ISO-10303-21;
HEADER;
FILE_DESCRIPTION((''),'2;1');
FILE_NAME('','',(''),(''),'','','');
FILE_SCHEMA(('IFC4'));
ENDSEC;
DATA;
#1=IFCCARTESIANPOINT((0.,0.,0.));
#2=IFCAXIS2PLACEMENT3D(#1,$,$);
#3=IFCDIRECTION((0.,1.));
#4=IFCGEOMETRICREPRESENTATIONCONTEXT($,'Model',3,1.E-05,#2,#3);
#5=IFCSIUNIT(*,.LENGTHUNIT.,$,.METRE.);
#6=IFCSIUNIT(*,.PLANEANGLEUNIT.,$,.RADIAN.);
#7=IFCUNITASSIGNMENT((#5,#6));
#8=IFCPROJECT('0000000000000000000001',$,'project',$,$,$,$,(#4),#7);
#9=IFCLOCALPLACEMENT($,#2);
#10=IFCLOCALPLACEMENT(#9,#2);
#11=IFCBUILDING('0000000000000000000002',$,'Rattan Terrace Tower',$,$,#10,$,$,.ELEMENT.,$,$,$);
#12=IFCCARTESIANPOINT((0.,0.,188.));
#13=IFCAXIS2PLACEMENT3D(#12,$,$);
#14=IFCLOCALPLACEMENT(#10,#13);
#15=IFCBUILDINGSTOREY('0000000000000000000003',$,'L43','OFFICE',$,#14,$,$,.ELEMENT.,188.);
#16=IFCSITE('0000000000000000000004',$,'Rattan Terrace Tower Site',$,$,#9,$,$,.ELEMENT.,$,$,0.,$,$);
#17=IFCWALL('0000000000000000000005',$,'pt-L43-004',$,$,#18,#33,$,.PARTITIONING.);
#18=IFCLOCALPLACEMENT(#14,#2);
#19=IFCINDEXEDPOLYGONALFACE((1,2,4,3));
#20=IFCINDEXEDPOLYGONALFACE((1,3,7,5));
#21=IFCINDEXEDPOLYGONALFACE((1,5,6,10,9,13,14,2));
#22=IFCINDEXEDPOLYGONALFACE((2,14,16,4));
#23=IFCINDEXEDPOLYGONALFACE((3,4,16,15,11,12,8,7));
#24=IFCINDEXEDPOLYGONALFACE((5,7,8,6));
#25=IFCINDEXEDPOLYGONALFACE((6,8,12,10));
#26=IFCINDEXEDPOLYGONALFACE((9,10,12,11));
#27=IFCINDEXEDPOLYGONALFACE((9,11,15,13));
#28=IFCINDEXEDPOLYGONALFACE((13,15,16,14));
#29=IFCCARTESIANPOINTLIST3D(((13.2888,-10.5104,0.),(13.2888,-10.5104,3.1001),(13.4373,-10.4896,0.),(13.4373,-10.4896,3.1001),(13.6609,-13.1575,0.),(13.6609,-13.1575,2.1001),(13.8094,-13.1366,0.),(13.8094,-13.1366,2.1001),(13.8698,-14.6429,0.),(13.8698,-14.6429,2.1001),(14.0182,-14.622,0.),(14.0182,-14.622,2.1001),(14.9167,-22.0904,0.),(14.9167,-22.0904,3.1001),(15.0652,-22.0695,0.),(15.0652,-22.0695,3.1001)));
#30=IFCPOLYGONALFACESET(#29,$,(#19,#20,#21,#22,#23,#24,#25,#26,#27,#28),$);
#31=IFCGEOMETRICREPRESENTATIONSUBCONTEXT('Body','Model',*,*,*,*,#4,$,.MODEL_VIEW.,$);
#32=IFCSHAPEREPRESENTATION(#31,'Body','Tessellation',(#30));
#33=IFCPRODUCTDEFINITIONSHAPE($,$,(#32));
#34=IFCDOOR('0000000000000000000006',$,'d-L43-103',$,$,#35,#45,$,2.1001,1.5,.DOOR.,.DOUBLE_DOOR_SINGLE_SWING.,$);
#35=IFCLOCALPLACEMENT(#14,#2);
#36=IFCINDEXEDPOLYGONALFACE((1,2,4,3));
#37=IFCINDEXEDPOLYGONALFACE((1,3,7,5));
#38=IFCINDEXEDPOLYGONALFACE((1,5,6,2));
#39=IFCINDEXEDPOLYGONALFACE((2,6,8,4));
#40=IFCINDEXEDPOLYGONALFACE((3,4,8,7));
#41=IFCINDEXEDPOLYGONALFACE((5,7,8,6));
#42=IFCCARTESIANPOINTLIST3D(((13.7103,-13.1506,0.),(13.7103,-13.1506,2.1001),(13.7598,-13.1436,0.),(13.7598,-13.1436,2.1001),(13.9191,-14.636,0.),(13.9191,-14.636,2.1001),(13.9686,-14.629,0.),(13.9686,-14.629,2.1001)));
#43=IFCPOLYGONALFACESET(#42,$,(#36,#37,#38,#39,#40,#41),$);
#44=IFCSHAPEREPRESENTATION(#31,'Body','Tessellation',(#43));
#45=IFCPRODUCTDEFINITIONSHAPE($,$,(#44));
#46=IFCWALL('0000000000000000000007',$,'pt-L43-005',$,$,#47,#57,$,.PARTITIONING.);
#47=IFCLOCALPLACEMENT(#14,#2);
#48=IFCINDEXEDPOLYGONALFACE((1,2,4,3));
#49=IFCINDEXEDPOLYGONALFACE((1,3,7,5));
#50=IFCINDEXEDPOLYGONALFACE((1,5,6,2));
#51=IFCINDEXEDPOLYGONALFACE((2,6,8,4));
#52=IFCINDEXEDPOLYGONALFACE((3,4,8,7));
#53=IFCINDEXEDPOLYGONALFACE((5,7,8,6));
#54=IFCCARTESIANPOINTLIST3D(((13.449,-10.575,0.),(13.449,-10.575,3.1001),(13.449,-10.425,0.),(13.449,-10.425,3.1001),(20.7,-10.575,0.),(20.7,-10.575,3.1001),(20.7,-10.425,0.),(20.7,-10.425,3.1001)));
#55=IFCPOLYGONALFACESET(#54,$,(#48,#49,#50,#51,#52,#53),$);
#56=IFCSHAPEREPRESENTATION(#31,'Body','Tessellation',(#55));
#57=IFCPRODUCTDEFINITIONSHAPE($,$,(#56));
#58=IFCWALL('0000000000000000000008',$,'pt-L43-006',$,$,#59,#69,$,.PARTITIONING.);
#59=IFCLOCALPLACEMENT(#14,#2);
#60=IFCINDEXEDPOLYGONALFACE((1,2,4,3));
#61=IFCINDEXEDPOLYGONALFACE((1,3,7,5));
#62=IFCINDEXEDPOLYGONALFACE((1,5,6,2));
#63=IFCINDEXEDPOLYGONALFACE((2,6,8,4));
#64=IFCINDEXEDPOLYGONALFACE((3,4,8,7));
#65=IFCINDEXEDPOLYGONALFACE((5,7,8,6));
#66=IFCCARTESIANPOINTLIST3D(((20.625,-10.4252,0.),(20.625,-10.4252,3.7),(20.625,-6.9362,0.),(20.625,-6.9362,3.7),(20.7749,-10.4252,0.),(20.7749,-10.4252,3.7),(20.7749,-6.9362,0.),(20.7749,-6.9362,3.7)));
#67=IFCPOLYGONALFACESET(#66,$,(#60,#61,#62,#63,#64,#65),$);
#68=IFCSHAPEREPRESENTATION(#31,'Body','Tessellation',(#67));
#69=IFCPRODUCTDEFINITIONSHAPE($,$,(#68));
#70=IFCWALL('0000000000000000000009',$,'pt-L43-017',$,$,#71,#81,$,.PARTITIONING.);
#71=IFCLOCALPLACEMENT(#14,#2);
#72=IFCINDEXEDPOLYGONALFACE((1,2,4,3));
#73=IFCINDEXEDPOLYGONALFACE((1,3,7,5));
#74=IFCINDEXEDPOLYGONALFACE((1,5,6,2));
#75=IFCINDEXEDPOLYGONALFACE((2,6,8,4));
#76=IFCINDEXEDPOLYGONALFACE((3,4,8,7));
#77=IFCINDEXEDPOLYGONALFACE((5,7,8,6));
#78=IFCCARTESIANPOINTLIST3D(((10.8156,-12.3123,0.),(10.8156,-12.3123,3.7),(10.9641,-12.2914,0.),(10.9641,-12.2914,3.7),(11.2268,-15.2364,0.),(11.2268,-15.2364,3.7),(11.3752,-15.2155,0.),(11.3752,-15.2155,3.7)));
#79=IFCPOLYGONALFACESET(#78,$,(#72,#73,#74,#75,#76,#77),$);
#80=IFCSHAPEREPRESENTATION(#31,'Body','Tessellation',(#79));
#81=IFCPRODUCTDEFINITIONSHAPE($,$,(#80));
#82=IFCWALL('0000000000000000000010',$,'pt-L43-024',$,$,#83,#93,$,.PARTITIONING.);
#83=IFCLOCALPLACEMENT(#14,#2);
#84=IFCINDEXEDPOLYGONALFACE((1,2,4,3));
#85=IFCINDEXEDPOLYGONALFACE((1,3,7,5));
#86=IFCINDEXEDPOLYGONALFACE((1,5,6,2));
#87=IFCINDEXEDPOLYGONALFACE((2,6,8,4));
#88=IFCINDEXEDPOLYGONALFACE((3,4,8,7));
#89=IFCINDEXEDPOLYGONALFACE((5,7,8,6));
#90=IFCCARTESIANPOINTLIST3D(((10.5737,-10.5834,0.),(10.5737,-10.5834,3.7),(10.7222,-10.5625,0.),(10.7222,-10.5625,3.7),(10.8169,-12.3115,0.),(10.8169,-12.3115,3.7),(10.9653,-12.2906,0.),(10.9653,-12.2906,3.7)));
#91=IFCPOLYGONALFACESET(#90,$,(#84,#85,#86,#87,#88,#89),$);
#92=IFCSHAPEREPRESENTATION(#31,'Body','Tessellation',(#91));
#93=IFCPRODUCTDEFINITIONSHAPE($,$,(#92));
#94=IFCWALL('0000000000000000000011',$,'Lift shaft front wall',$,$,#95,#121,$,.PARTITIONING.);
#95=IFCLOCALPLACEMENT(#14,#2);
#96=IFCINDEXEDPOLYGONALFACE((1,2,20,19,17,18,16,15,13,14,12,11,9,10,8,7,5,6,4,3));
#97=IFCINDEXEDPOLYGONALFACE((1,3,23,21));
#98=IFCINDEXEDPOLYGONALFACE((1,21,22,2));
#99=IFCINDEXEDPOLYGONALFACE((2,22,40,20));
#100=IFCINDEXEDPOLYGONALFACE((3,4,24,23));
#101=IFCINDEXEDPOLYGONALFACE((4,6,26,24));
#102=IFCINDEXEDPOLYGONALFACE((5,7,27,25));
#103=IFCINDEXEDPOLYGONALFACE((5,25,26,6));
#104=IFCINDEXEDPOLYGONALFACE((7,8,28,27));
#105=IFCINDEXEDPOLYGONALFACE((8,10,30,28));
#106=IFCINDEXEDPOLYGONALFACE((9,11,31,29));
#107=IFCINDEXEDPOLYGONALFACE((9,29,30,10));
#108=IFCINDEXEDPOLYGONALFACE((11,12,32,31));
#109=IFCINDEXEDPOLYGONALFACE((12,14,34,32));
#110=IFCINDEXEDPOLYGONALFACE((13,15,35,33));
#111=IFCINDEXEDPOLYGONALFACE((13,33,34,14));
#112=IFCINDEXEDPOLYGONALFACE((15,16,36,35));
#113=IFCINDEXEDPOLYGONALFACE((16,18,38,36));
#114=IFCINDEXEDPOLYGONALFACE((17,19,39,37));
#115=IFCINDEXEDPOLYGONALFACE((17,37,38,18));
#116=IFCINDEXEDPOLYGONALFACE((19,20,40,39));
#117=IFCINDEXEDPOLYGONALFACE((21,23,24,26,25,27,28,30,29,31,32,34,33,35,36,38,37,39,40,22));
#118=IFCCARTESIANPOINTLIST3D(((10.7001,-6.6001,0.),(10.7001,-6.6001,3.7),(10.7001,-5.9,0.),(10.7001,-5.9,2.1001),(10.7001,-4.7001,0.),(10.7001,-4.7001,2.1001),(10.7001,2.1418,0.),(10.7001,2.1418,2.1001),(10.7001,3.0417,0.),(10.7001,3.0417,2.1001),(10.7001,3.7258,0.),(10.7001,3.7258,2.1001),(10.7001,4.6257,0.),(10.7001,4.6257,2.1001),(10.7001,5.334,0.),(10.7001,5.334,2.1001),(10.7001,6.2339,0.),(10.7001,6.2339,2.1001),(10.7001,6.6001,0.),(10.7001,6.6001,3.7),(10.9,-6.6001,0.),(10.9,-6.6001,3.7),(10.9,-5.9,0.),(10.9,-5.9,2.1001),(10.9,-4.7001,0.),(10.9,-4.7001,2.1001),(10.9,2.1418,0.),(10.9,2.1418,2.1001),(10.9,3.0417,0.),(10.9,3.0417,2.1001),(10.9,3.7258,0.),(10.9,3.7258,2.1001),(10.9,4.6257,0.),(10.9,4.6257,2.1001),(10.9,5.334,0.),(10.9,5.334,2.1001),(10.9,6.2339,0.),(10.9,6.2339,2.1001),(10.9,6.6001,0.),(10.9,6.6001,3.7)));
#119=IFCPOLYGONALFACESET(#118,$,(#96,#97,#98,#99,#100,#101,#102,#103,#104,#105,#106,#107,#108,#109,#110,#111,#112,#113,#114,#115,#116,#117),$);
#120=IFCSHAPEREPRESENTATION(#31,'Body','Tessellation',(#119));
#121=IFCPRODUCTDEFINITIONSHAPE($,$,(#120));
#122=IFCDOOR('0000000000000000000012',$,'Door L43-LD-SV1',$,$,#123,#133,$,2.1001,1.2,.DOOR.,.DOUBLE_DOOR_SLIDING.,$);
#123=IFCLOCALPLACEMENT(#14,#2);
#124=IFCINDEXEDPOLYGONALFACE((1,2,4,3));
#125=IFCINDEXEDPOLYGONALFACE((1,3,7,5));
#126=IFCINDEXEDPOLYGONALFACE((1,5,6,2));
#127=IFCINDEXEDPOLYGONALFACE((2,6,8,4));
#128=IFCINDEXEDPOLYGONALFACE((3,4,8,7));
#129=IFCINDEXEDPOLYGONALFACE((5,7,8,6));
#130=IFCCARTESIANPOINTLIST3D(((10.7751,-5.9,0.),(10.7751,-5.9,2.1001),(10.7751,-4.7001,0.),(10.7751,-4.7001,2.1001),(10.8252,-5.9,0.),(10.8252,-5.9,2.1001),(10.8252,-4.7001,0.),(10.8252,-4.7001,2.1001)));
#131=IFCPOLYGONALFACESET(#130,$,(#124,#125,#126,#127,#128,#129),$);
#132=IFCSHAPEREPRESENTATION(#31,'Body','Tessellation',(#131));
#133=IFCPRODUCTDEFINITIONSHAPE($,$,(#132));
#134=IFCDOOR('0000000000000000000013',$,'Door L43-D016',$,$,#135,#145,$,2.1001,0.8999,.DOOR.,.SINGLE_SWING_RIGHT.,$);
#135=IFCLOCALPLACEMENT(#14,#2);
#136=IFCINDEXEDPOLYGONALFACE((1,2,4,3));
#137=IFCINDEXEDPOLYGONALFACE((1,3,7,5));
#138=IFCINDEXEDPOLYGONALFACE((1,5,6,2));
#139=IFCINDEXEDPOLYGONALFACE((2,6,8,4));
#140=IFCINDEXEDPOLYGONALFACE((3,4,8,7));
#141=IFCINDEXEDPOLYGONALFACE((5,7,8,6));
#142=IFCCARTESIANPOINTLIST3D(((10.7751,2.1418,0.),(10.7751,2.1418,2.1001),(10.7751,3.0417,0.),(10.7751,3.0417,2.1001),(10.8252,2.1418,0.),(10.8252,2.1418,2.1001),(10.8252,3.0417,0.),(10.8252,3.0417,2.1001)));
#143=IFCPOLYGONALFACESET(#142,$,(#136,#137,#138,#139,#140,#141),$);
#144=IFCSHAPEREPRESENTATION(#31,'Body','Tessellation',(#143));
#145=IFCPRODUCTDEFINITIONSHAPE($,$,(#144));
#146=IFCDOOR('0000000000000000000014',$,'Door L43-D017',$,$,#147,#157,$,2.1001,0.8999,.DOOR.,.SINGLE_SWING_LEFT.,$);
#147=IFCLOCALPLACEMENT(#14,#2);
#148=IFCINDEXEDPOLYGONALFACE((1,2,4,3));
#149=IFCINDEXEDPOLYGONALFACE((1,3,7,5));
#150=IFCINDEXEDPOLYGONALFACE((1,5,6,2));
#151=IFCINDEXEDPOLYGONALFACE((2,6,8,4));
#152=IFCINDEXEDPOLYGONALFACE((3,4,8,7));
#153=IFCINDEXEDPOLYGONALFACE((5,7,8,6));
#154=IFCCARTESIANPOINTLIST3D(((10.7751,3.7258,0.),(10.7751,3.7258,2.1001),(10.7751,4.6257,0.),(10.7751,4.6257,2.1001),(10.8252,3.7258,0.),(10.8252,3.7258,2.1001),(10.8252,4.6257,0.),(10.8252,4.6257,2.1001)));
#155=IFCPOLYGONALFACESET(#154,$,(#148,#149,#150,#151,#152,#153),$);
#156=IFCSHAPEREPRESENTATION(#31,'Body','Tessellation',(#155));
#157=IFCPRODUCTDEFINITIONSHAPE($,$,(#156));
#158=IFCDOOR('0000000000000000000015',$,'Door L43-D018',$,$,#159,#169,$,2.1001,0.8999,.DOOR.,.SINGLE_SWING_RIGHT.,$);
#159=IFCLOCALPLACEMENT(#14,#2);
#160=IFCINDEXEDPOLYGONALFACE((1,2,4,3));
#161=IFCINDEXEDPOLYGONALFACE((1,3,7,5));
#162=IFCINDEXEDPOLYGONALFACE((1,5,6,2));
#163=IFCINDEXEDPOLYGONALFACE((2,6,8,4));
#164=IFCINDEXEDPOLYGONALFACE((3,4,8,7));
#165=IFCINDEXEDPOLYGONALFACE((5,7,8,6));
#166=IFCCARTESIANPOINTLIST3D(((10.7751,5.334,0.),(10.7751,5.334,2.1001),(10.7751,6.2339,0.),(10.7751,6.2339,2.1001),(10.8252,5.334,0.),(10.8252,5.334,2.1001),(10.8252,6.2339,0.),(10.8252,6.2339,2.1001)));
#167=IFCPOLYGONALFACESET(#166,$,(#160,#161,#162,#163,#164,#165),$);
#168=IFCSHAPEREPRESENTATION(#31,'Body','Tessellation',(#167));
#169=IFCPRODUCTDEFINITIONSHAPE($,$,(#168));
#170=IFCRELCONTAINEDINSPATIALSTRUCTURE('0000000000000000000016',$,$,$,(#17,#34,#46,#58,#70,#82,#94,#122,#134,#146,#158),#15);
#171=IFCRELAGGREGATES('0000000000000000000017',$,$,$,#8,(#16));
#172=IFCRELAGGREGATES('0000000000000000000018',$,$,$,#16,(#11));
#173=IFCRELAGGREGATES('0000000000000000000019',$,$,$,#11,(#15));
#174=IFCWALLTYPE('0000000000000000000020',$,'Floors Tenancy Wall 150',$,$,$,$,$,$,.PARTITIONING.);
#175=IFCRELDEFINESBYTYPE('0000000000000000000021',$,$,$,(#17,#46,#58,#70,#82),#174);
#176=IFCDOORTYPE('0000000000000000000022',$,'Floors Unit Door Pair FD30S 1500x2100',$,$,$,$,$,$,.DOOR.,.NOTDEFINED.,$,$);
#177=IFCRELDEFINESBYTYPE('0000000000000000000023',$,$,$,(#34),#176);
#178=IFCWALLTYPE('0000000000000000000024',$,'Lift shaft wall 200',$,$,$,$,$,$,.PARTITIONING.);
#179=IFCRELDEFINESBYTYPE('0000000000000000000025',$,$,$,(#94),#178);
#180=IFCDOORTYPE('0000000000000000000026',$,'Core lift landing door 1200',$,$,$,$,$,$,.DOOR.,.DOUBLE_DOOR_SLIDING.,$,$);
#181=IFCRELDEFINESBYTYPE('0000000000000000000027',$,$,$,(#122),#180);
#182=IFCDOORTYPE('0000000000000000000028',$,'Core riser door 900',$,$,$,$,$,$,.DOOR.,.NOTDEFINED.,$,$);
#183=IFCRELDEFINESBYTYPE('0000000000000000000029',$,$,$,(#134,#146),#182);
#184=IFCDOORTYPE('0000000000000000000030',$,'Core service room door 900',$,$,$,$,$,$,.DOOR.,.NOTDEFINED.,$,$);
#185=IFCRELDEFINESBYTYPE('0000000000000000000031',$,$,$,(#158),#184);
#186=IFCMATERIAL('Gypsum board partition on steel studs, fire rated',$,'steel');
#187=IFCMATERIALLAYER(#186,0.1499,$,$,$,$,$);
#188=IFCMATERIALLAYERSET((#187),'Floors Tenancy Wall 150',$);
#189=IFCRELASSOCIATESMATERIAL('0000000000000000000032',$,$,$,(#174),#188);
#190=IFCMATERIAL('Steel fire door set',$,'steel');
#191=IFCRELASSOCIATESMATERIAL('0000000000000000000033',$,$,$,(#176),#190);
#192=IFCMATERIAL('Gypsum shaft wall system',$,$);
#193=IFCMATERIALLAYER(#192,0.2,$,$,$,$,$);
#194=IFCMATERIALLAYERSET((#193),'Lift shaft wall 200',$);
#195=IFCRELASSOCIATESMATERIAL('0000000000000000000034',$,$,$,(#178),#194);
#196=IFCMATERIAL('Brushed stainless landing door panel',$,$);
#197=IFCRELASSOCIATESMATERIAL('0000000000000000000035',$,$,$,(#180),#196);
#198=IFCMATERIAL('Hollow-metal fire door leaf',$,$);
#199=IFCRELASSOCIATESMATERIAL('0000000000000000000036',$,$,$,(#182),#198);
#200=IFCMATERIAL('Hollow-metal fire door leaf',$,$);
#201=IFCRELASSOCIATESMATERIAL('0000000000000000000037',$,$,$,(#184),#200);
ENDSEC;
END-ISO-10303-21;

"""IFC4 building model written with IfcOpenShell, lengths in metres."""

from ifc_helpers import new_model, si_unit, direction, frame, frame_2d, origin, place, context, subcontext, project, spatial, rectangle, extrude, material, layer, layer_set, type_object, element, fill, save


model = new_model("IFC4")

# Units and contexts
model_context = context("Model", 3, precision=1e-05, world=origin(), true_north=direction((0.0, 1.0)))
body_context = subcontext(model_context, "Body", "Model", "MODEL_VIEW")
ifc_project = project(units=[si_unit("LENGTHUNIT", "METRE"), si_unit("PLANEANGLEUNIT", "RADIAN")], contexts=[model_context])

# Site, building, storey
site_placement = place(None, origin())
site = spatial("IfcSite", under=ifc_project, at=site_placement, Name="Rattan Terrace Tower Site", CompositionType="ELEMENT", RefElevation=0.0)
building_placement = place(site_placement, origin())
building = spatial("IfcBuilding", under=site, at=building_placement, Name="Rattan Terrace Tower", CompositionType="ELEMENT")
storey_placement = place(building_placement, frame((0.0, 0.0, 188.0)))
storey = spatial("IfcBuildingStorey", under=building, at=storey_placement, Name="L43", Description="OFFICE", CompositionType="ELEMENT", Elevation=188.0)

# Wall, opening, door
ifc_material_1 = material(Name="Gypsum board partition on steel studs, fire rated", Category="steel")
ifc_layer_1 = layer(ifc_material_1, 0.1499)
ifc_layer_set_1 = layer_set([ifc_layer_1], Name="Floors Tenancy Wall 150")
wall_type_1 = type_object("IfcWallType", Name="Floors Tenancy Wall 150", PredefinedType="PARTITIONING", material=ifc_layer_set_1)
wall_1_placement = place(storey_placement, frame((13.363, -10.5, 0.0), z_axis=(0.0, 0.0, 1.0), x_axis=(0.139211, -0.990263, 0.0)))
wall_1 = element("IfcWall", 1, at=wall_1_placement, inside=storey, type_object=wall_type_1, Name="pt-L43-004", PredefinedType="PARTITIONING", context=body_context, shape_type="SweptSolid", body=[
    extrude(rectangle(XDim=11.6938, YDim=0.1499, at=frame_2d((5.8469, 0.0))), origin(), (0.0, 0.0, 1.0), 3.1001),
])
opening_1_placement = place(wall_1_placement, frame((2.6731, 0.0, 0.0)))
opening_1 = element("IfcOpeningElement", 2, at=opening_1_placement, cuts=wall_1, PredefinedType="OPENING", context=body_context, shape_type="SweptSolid", body=[
    extrude(rectangle(XDim=1.5, YDim=2.1001, at=frame_2d((0.75, 1.05))), frame((0.0, 0.0854, 0.0), z_axis=(0.0, -1.0, 0.0), x_axis=(1.0, 0.0, 0.0)), (0.0, 0.0, 1.0), 0.1709),
])
ifc_material_2 = material(Name="Steel fire door set", Category="steel")
door_type_1 = type_object("IfcDoorType", Name="Floors Unit Door Pair FD30S 1500x2100", OperationType="NOTDEFINED", PredefinedType="DOOR", material=ifc_material_2)
door_1_placement = place(opening_1_placement, origin())
door_1 = element("IfcDoor", 3, at=door_1_placement, inside=storey, type_object=door_type_1, Name="d-L43-103", OperationType="DOUBLE_DOOR_SINGLE_SWING", OverallHeight=2.1001, OverallWidth=1.5, PredefinedType="DOOR", context=body_context, shape_type="SweptSolid", body=[
    extrude(rectangle(XDim=1.5, YDim=2.1001, at=frame_2d((0.75, 1.05))), frame((0.0, 0.0249, 0.0), z_axis=(0.0, -1.0, 0.0), x_axis=(1.0, 0.0, 0.0)), (0.0, 0.0, 1.0), 0.05),
])
fill(opening_1, door_1)

# Walls
wall_2_placement = place(storey_placement, frame((20.7, -10.5, 0.0), z_axis=(0.0, 0.0, 1.0), x_axis=(-1.0, 0.0, 0.0)))
element("IfcWall", 4, at=wall_2_placement, inside=storey, type_object=wall_type_1, Name="pt-L43-005", PredefinedType="PARTITIONING", context=body_context, shape_type="SweptSolid", body=[
    extrude(rectangle(XDim=7.251, YDim=0.1499, at=frame_2d((3.6255, 0.0))), origin(), (0.0, 0.0, 1.0), 3.1001),
])
wall_3_placement = place(storey_placement, frame((20.7, -6.936, 0.0), z_axis=(0.0, 0.0, 1.0), x_axis=(0.0, -1.0, 0.0)))
element("IfcWall", 5, at=wall_3_placement, inside=storey, type_object=wall_type_1, Name="pt-L43-006", PredefinedType="PARTITIONING", context=body_context, shape_type="SweptSolid", body=[
    extrude(rectangle(XDim=3.489, YDim=0.1499, at=frame_2d((1.7446, 0.0))), origin(), (0.0, 0.0, 1.0), 3.7),
])
wall_4_placement = place(storey_placement, frame((11.301, -15.2261, 0.0), z_axis=(0.0, 0.0, 1.0), x_axis=(-0.139233, 0.99026, 0.0)))
element("IfcWall", 6, at=wall_4_placement, inside=storey, type_object=wall_type_1, Name="pt-L43-017", PredefinedType="PARTITIONING", context=body_context, shape_type="SweptSolid", body=[
    extrude(rectangle(XDim=2.9529, YDim=0.1499, at=frame_2d((1.4766, 0.0))), origin(), (0.0, 0.0, 1.0), 3.7),
])
wall_5_placement = place(storey_placement, frame((10.8911, -12.301, 0.0), z_axis=(0.0, 0.0, 1.0), x_axis=(-0.139345, 0.990244, 0.0)))
element("IfcWall", 7, at=wall_5_placement, inside=storey, type_object=wall_type_1, Name="pt-L43-024", PredefinedType="PARTITIONING", context=body_context, shape_type="SweptSolid", body=[
    extrude(rectangle(XDim=1.7451, YDim=0.1499, at=frame_2d((0.8726, 0.0))), origin(), (0.0, 0.0, 1.0), 3.7),
])

# Wall, openings, doors
ifc_material_3 = material(Name="Gypsum shaft wall system")
ifc_layer_2 = layer(ifc_material_3, 0.2)
ifc_layer_set_2 = layer_set([ifc_layer_2], Name="Lift shaft wall 200")
wall_type_2 = type_object("IfcWallType", Name="Lift shaft wall 200", PredefinedType="PARTITIONING", material=ifc_layer_set_2)
wall_6_placement = place(storey_placement, frame((10.8, -6.6001, 0.0), z_axis=(0.0, 0.0, 1.0), x_axis=(0.0, 1.0, 0.0)))
wall_6 = element("IfcWall", 8, at=wall_6_placement, inside=storey, type_object=wall_type_2, Name="Lift shaft front wall", PredefinedType="PARTITIONING", context=body_context, shape_type="SweptSolid", body=[
    extrude(rectangle(XDim=13.2002, YDim=0.2, at=frame_2d((6.6001, 0.0))), origin(), (0.0, 0.0, 1.0), 3.7),
])
opening_2_placement = place(wall_6_placement, frame((0.7, 0.0, 0.0)))
opening_2 = element("IfcOpeningElement", 9, at=opening_2_placement, cuts=wall_6, PredefinedType="OPENING", context=body_context, shape_type="SweptSolid", body=[
    extrude(rectangle(XDim=1.2, YDim=2.1001, at=frame_2d((0.6001, 1.05))), frame((0.0, 0.1106, 0.0), z_axis=(0.0, -1.0, 0.0), x_axis=(1.0, 0.0, 0.0)), (0.0, 0.0, 1.0), 0.2209),
])
opening_3_placement = place(wall_6_placement, frame((8.7419, 0.0, 0.0)))
opening_3 = element("IfcOpeningElement", 10, at=opening_3_placement, cuts=wall_6, PredefinedType="OPENING", context=body_context, shape_type="SweptSolid", body=[
    extrude(rectangle(XDim=0.8999, YDim=2.1001, at=frame_2d((0.45, 1.05))), frame((0.0, 0.1106, 0.0), z_axis=(0.0, -1.0, 0.0), x_axis=(1.0, 0.0, 0.0)), (0.0, 0.0, 1.0), 0.2209),
])
opening_4_placement = place(wall_6_placement, frame((10.3259, 0.0, 0.0)))
opening_4 = element("IfcOpeningElement", 11, at=opening_4_placement, cuts=wall_6, PredefinedType="OPENING", context=body_context, shape_type="SweptSolid", body=[
    extrude(rectangle(XDim=0.8999, YDim=2.1001, at=frame_2d((0.45, 1.05))), frame((0.0, 0.1106, 0.0), z_axis=(0.0, -1.0, 0.0), x_axis=(1.0, 0.0, 0.0)), (0.0, 0.0, 1.0), 0.2209),
])
opening_5_placement = place(wall_6_placement, frame((11.9341, 0.0, 0.0)))
opening_5 = element("IfcOpeningElement", 12, at=opening_5_placement, cuts=wall_6, PredefinedType="OPENING", context=body_context, shape_type="SweptSolid", body=[
    extrude(rectangle(XDim=0.8999, YDim=2.1001, at=frame_2d((0.45, 1.05))), frame((0.0, 0.1106, 0.0), z_axis=(0.0, -1.0, 0.0), x_axis=(1.0, 0.0, 0.0)), (0.0, 0.0, 1.0), 0.2209),
])
ifc_material_4 = material(Name="Brushed stainless landing door panel")
door_type_2 = type_object("IfcDoorType", Name="Core lift landing door 1200", OperationType="DOUBLE_DOOR_SLIDING", PredefinedType="DOOR", material=ifc_material_4)
door_2_placement = place(opening_2_placement, origin())
door_2 = element("IfcDoor", 13, at=door_2_placement, inside=storey, type_object=door_type_2, Name="Door L43-LD-SV1", OperationType="DOUBLE_DOOR_SLIDING", OverallHeight=2.1001, OverallWidth=1.2, PredefinedType="DOOR", context=body_context, shape_type="SweptSolid", body=[
    extrude(rectangle(XDim=1.2, YDim=2.1001, at=frame_2d((0.6001, 1.05))), frame((0.0, 0.0249, 0.0), z_axis=(0.0, -1.0, 0.0), x_axis=(1.0, 0.0, 0.0)), (0.0, 0.0, 1.0), 0.05),
])
fill(opening_2, door_2)
ifc_material_5 = material(Name="Hollow-metal fire door leaf")
door_type_3 = type_object("IfcDoorType", Name="Core riser door 900", OperationType="NOTDEFINED", PredefinedType="DOOR", material=ifc_material_5)
door_3_placement = place(opening_3_placement, origin())
door_3 = element("IfcDoor", 14, at=door_3_placement, inside=storey, type_object=door_type_3, Name="Door L43-D016", OperationType="SINGLE_SWING_RIGHT", OverallHeight=2.1001, OverallWidth=0.8999, PredefinedType="DOOR", context=body_context, shape_type="SweptSolid", body=[
    extrude(rectangle(XDim=0.8999, YDim=2.1001, at=frame_2d((0.45, 1.05))), frame((0.0, 0.0249, 0.0), z_axis=(0.0, -1.0, 0.0), x_axis=(1.0, 0.0, 0.0)), (0.0, 0.0, 1.0), 0.05),
])
fill(opening_3, door_3)
door_4_placement = place(opening_4_placement, origin())
door_4 = element("IfcDoor", 15, at=door_4_placement, inside=storey, type_object=door_type_3, Name="Door L43-D017", OperationType="SINGLE_SWING_LEFT", OverallHeight=2.1001, OverallWidth=0.8999, PredefinedType="DOOR", context=body_context, shape_type="SweptSolid", body=[
    extrude(rectangle(XDim=0.8999, YDim=2.1001, at=frame_2d((0.45, 1.05))), frame((0.0, 0.0249, 0.0), z_axis=(0.0, -1.0, 0.0), x_axis=(1.0, 0.0, 0.0)), (0.0, 0.0, 1.0), 0.05),
])
fill(opening_4, door_4)
ifc_material_6 = material(Name="Hollow-metal fire door leaf")
door_type_4 = type_object("IfcDoorType", Name="Core service room door 900", OperationType="NOTDEFINED", PredefinedType="DOOR", material=ifc_material_6)
door_5_placement = place(opening_5_placement, origin())
door_5 = element("IfcDoor", 16, at=door_5_placement, inside=storey, type_object=door_type_4, Name="Door L43-D018", OperationType="SINGLE_SWING_RIGHT", OverallHeight=2.1001, OverallWidth=0.8999, PredefinedType="DOOR", context=body_context, shape_type="SweptSolid", body=[
    extrude(rectangle(XDim=0.8999, YDim=2.1001, at=frame_2d((0.45, 1.05))), frame((0.0, 0.0249, 0.0), z_axis=(0.0, -1.0, 0.0), x_axis=(1.0, 0.0, 0.0)), (0.0, 0.0, 1.0), 0.05),
])
fill(opening_5, door_5)

save(model, "model.ifc")
